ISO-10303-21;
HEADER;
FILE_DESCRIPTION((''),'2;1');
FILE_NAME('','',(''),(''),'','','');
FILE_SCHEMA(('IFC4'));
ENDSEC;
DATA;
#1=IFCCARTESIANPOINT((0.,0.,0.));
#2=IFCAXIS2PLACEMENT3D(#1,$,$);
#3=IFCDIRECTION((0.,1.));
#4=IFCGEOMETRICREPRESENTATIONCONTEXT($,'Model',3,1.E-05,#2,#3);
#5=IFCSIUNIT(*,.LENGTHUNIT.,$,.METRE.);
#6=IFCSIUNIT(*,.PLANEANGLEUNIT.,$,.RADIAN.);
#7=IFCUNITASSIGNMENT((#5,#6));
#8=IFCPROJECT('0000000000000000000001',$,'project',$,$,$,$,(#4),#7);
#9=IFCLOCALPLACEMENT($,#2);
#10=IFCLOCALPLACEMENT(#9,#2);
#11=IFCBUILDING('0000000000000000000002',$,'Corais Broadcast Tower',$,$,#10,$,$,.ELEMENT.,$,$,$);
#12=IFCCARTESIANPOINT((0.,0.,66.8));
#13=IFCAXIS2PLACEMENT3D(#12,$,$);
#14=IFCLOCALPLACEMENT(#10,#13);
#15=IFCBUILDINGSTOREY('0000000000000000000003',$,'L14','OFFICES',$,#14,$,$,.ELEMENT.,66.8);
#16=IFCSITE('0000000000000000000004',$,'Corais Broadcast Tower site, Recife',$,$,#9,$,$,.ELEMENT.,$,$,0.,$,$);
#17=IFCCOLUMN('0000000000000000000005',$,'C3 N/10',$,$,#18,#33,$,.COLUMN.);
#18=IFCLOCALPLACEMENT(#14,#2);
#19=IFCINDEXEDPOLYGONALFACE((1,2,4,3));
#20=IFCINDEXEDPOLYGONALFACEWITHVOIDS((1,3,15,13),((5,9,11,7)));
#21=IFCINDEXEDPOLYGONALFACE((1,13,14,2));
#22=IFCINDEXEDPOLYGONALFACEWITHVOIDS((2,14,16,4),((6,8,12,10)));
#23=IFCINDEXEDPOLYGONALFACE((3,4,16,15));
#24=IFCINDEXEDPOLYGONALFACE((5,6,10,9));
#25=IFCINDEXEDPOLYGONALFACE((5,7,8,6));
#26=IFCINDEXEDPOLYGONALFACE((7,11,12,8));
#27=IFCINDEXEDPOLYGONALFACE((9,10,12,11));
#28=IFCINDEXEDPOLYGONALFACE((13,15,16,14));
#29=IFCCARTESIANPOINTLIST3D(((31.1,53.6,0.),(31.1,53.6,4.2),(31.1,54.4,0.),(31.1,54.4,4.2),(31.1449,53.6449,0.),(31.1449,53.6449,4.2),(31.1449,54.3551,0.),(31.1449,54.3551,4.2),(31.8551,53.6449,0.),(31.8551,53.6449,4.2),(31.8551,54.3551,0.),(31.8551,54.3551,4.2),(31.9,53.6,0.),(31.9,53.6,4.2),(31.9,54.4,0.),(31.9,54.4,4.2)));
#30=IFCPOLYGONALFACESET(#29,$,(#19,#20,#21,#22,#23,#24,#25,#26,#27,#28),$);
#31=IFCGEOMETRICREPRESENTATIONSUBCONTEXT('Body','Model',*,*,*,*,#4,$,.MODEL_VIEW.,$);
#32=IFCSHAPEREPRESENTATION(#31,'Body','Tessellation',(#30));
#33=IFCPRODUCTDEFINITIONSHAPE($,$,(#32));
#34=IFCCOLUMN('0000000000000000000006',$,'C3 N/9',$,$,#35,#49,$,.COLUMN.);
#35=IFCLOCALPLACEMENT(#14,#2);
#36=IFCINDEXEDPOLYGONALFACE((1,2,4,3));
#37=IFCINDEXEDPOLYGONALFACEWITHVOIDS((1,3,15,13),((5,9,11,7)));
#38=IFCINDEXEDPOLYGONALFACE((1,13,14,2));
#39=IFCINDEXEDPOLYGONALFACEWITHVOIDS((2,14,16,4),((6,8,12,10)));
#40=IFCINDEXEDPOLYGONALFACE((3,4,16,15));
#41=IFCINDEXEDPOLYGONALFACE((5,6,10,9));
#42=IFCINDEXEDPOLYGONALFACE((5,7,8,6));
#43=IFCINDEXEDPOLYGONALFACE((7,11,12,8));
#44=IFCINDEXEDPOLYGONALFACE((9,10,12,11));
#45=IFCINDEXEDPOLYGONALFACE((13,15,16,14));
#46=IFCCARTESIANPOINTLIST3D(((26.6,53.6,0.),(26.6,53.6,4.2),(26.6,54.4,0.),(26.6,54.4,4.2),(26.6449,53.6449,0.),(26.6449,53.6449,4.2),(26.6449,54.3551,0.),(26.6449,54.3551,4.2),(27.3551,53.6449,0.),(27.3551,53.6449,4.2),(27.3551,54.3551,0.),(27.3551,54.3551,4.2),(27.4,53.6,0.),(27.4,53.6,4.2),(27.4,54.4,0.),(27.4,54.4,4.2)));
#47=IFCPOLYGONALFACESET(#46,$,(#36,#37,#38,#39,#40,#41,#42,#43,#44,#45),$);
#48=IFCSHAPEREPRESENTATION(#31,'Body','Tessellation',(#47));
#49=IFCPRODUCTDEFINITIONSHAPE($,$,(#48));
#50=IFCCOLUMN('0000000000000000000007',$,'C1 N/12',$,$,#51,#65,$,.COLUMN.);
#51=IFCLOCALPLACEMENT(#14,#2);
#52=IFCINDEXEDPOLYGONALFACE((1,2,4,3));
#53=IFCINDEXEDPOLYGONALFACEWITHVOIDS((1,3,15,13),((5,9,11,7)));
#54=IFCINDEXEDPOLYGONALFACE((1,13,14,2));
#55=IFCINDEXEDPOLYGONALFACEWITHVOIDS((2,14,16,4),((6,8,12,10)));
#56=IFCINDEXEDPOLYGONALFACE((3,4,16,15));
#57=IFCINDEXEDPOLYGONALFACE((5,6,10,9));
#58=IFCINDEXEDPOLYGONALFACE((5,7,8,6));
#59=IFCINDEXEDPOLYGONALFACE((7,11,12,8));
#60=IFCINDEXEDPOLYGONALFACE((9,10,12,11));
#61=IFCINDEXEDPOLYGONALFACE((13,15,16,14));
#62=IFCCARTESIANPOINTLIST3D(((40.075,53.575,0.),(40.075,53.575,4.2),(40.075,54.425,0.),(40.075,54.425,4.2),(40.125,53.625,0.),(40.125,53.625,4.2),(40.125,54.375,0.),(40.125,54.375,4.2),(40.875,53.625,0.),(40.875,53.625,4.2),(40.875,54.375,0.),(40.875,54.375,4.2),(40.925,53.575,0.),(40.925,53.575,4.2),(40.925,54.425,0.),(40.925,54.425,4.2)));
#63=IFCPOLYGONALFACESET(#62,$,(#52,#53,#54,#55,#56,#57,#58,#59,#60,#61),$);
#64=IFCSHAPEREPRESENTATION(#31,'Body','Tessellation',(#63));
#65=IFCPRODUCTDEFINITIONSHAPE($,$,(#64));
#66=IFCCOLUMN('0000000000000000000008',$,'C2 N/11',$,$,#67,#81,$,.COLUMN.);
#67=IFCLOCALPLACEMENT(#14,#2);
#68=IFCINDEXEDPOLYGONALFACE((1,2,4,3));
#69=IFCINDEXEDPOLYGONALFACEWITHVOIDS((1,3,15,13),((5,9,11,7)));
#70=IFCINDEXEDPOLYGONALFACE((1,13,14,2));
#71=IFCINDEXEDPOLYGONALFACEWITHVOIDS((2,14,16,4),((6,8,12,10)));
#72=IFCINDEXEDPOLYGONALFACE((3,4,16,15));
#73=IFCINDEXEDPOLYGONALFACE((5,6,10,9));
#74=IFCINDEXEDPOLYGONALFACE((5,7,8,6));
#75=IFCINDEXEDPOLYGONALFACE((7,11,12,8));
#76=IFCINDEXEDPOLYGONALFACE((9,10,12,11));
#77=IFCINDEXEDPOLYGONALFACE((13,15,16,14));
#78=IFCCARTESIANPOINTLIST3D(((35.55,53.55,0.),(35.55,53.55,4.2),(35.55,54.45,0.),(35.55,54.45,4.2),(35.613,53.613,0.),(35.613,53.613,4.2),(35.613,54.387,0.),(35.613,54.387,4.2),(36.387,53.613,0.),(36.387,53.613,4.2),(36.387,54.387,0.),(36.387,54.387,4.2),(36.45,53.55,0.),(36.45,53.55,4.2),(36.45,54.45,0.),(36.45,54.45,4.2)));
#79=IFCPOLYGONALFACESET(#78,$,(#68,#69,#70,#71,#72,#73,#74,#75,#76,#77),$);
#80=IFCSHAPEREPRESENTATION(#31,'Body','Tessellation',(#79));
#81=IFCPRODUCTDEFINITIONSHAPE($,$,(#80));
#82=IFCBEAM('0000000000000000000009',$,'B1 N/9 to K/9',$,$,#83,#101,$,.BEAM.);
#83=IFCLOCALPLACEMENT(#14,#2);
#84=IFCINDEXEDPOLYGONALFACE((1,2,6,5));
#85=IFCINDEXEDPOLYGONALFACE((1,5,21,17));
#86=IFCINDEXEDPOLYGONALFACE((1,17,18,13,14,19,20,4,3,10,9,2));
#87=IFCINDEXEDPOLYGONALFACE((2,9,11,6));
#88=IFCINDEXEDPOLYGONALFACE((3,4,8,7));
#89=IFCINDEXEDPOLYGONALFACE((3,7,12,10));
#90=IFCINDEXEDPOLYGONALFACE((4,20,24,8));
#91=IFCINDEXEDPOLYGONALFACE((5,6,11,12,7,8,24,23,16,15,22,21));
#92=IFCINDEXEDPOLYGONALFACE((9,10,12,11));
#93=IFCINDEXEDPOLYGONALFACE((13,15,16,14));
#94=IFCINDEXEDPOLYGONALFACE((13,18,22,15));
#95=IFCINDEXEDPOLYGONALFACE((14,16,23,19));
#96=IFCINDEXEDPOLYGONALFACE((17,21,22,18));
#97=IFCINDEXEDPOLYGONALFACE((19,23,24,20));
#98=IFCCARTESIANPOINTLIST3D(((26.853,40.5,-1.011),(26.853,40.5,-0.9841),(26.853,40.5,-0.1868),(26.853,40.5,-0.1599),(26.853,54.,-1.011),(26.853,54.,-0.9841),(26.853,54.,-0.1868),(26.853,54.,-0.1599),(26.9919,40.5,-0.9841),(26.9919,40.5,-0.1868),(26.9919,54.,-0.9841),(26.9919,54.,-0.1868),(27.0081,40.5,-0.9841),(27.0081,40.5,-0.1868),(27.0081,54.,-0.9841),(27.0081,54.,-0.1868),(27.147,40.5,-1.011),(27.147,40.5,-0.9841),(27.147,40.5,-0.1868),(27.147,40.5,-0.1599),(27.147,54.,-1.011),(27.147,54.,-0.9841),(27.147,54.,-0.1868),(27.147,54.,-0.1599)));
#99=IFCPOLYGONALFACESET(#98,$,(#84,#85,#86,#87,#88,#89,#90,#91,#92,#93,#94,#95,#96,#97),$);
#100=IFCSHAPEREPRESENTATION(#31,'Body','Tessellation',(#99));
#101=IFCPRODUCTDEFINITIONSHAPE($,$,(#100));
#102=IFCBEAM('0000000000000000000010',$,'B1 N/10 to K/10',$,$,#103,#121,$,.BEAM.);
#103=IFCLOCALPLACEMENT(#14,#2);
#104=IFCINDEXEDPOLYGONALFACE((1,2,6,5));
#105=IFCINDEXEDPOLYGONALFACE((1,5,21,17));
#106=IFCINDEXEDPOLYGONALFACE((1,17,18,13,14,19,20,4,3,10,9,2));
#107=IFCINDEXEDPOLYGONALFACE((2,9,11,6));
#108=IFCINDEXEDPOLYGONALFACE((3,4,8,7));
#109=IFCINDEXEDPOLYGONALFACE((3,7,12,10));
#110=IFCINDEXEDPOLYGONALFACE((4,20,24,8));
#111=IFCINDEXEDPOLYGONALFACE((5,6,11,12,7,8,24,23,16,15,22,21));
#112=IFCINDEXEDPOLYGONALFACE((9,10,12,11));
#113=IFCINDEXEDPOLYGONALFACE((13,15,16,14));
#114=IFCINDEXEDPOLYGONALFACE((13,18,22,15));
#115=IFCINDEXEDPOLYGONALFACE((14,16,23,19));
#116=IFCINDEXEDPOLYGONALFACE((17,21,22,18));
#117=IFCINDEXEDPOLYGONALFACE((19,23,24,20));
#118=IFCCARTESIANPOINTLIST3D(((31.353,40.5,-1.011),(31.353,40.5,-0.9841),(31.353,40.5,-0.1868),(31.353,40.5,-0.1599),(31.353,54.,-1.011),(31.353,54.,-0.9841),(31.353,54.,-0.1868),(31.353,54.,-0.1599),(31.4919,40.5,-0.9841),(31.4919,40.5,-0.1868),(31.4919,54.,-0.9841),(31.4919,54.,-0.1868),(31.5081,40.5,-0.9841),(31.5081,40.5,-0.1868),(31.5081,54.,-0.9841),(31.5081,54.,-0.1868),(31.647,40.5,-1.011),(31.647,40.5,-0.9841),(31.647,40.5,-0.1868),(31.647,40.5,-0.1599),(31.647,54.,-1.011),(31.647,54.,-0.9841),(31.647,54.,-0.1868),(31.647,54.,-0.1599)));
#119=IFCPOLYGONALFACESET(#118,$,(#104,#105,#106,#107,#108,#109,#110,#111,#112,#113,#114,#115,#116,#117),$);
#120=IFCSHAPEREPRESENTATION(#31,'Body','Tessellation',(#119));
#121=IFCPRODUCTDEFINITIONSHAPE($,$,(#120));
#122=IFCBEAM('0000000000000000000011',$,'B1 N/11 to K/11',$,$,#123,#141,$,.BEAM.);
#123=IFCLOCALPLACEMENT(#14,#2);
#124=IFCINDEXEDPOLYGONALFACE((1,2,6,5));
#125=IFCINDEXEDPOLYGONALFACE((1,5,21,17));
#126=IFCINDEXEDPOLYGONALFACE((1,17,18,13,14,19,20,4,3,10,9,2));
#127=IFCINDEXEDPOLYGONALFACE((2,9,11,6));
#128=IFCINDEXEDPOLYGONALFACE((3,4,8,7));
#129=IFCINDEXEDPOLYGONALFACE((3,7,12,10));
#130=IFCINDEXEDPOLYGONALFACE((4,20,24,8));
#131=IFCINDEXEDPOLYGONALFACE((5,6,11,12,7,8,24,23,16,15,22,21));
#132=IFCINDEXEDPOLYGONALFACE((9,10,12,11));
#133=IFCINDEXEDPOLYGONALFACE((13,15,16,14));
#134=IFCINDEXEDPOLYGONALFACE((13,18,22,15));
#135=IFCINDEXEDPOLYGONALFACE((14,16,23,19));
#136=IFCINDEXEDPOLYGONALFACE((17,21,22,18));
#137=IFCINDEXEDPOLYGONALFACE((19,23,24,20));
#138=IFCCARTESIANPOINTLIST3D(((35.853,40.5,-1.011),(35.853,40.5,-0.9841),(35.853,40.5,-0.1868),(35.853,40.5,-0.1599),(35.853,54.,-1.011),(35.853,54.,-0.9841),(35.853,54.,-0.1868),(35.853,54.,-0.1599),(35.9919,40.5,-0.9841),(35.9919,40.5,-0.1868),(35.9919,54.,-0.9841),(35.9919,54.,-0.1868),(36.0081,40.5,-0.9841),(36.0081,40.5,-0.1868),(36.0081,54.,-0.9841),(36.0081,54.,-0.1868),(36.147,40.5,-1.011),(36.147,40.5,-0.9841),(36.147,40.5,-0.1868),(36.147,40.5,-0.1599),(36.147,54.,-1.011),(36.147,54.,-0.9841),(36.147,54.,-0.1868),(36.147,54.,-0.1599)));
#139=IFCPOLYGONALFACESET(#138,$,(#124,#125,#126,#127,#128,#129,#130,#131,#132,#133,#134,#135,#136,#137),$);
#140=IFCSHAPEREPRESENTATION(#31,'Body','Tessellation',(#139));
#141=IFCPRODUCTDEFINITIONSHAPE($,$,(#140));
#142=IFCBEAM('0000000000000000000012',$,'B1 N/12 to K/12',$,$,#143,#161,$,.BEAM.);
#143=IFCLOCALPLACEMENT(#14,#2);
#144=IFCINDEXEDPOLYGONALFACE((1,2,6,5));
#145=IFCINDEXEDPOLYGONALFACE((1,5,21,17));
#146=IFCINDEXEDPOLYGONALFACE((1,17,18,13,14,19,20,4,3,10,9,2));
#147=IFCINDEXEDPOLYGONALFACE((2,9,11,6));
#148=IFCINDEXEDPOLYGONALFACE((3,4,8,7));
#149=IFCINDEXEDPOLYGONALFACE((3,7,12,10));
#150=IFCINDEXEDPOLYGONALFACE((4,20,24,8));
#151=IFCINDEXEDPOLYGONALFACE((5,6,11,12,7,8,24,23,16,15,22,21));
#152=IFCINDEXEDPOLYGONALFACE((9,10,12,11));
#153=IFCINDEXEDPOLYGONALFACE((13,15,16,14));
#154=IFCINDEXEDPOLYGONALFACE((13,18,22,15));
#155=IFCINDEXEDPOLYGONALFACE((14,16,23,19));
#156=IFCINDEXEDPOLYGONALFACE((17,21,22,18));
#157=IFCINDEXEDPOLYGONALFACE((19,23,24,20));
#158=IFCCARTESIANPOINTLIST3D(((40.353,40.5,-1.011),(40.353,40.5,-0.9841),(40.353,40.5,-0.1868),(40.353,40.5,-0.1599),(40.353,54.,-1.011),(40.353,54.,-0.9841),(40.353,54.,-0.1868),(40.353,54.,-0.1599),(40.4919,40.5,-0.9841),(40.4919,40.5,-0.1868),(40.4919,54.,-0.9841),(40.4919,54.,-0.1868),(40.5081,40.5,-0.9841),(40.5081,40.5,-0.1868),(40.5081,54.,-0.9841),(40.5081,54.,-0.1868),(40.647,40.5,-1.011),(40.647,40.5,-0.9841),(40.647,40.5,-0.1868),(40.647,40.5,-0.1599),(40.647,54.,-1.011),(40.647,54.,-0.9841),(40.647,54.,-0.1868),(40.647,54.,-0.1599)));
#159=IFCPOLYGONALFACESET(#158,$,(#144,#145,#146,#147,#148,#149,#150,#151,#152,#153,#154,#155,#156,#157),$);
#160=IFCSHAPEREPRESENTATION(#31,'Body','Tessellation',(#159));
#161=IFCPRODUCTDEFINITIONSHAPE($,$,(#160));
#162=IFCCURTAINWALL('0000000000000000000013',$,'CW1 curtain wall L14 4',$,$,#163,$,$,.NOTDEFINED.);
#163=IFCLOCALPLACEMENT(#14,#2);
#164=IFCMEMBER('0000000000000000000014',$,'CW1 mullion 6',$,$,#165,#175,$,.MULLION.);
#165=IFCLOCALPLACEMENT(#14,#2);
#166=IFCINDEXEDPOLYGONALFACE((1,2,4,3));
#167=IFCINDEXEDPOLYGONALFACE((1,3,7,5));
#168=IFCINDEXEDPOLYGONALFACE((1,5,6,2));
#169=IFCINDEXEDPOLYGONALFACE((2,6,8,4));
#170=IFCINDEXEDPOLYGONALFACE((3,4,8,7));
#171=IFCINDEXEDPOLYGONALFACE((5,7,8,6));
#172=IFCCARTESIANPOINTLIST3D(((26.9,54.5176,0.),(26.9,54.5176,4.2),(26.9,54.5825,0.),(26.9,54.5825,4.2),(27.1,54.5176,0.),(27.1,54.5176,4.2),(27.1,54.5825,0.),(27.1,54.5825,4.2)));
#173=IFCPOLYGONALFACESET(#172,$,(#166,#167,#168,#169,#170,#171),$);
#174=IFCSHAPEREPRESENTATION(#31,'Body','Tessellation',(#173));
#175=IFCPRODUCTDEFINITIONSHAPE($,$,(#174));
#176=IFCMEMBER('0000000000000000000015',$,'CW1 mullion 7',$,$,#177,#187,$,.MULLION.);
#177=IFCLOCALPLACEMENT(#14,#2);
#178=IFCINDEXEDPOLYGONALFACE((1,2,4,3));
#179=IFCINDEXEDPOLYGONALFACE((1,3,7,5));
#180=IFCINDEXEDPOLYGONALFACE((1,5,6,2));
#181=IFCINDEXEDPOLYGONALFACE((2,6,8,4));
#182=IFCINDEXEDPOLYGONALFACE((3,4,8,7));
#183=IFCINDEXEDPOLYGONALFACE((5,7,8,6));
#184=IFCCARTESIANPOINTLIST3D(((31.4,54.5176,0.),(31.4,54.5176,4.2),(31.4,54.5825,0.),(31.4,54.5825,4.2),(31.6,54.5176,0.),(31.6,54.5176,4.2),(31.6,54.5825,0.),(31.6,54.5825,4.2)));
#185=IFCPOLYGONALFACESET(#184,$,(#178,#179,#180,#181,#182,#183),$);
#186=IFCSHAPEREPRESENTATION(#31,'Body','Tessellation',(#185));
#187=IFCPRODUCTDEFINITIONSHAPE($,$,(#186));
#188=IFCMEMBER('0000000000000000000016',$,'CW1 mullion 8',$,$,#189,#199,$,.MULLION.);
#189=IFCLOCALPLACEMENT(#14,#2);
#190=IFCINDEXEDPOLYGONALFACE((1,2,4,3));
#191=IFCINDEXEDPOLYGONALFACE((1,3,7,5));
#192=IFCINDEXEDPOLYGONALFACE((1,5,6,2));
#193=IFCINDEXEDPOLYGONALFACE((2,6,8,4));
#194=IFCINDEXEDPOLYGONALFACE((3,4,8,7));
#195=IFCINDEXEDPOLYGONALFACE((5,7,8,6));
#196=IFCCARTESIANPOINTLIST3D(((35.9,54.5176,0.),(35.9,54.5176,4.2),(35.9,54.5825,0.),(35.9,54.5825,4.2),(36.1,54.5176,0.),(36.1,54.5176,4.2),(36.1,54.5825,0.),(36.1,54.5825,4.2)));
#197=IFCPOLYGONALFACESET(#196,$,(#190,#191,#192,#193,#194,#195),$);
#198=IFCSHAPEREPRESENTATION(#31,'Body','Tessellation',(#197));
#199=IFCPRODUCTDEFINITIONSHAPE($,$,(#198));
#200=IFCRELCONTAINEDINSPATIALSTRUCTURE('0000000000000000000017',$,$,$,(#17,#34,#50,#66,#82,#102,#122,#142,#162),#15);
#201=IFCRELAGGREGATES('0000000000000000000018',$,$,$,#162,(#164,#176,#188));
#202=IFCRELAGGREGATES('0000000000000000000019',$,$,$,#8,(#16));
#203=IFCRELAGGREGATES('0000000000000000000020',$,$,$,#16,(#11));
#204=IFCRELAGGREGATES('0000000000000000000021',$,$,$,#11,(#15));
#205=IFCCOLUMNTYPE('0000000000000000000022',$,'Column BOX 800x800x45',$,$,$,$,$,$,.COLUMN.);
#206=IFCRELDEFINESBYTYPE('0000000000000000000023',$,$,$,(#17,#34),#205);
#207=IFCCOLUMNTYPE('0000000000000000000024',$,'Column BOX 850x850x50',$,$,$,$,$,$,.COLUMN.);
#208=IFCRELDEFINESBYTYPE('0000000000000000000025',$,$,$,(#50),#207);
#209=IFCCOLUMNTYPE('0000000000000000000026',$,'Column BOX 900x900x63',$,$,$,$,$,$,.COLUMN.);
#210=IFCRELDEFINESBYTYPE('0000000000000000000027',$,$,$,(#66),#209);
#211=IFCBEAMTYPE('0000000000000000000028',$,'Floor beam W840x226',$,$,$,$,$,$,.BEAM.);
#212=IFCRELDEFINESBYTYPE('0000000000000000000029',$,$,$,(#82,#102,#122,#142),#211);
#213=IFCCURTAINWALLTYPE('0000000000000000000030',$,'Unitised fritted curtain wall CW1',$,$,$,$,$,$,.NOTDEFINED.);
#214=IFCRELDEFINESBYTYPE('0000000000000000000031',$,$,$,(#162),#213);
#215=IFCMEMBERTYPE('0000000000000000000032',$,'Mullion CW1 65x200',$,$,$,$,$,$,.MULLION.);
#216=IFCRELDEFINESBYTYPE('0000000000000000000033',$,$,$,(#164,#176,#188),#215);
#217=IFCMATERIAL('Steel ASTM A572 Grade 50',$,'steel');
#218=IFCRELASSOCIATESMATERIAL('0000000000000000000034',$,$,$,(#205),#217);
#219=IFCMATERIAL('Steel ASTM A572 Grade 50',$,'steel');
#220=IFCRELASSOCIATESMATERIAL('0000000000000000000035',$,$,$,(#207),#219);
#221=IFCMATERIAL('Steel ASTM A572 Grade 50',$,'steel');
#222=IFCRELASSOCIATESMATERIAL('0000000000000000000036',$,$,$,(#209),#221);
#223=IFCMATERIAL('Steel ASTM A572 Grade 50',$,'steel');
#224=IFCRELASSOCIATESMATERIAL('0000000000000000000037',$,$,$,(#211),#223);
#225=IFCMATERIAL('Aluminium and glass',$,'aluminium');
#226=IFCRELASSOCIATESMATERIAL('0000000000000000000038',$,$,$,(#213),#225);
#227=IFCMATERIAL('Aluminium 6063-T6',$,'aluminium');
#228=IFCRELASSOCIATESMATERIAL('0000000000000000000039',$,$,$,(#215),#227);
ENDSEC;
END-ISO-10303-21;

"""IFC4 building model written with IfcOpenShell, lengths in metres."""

from ifc_helpers import new_model, si_unit, direction, frame, origin, origin_2d, place, context, subcontext, project, spatial, rectangle, hollow_rectangle, i_section, extrude, material, material_profile, profile_set, type_object, element, aggregate, save


model = new_model("IFC4")

# Units and contexts
model_context = context("Model", 3, precision=1e-05, world=origin(), true_north=direction((0.0, 1.0)))
body_context = subcontext(model_context, "Body", "Model", "MODEL_VIEW")
ifc_project = project(units=[si_unit("LENGTHUNIT", "METRE"), si_unit("PLANEANGLEUNIT", "RADIAN")], contexts=[model_context])

# Site, building, storey
site_placement = place(None, origin())
site = spatial("IfcSite", under=ifc_project, at=site_placement, Name="Corais Broadcast Tower site, Recife", CompositionType="ELEMENT", RefElevation=0.0)
building_placement = place(site_placement, origin())
building = spatial("IfcBuilding", under=site, at=building_placement, Name="Corais Broadcast Tower", CompositionType="ELEMENT")
storey_placement = place(building_placement, frame((0.0, 0.0, 66.8)))
storey = spatial("IfcBuildingStorey", under=building, at=storey_placement, Name="L14", Description="OFFICES", CompositionType="ELEMENT", Elevation=66.8)

# Columns
ifc_material_1 = material(Name="Steel ASTM A572 Grade 50", Category="steel")
ifc_material_profile_1 = material_profile(ifc_material_1, hollow_rectangle(XDim=0.8, YDim=0.8, WallThickness=0.0449, at=origin_2d()), Name="BOX 800x800x45")
ifc_profile_set_1 = profile_set([ifc_material_profile_1], Name="Steel ASTM A572 Grade 50")
column_type_1 = type_object("IfcColumnType", Name="Column BOX 800x800x45", PredefinedType="COLUMN", material=ifc_profile_set_1)
for number, where, z_axis, x_axis, name in (
    (1, (31.5, 54.0, 0.0), (0.0, 0.0, 1.0), (1.0, 0.0, 0.0), "C3 N/10"),
    (2, (27.0, 54.0, 0.0), (0.0, 0.0, 1.0), (1.0, 0.0, 0.0), "C3 N/9"),
):
    element("IfcColumn", number, at=place(storey_placement, frame(where, z_axis=z_axis, x_axis=x_axis)), inside=storey, type_object=column_type_1, Name=name, PredefinedType="COLUMN", context=body_context, shape_type="SweptSolid", body=[
        extrude(hollow_rectangle(XDim=0.8, YDim=0.8, WallThickness=0.0449, at=origin_2d()), origin(), (0.0, 0.0, 1.0), 4.2),
    ])
ifc_material_2 = material(Name="Steel ASTM A572 Grade 50", Category="steel")
ifc_material_profile_2 = material_profile(ifc_material_2, hollow_rectangle(XDim=0.8501, YDim=0.8501, WallThickness=0.05, at=origin_2d()), Name="BOX 850x850x50")
ifc_profile_set_2 = profile_set([ifc_material_profile_2], Name="Steel ASTM A572 Grade 50")
column_type_2 = type_object("IfcColumnType", Name="Column BOX 850x850x50", PredefinedType="COLUMN", material=ifc_profile_set_2)
column_1_placement = place(storey_placement, frame((40.5, 54.0, 0.0), z_axis=(0.0, 0.0, 1.0), x_axis=(1.0, 0.0, 0.0)))
element("IfcColumn", 3, at=column_1_placement, inside=storey, type_object=column_type_2, Name="C1 N/12", PredefinedType="COLUMN", context=body_context, shape_type="SweptSolid", body=[
    extrude(hollow_rectangle(XDim=0.8501, YDim=0.8501, WallThickness=0.05, at=origin_2d()), origin(), (0.0, 0.0, 1.0), 4.2),
])
ifc_material_3 = material(Name="Steel ASTM A572 Grade 50", Category="steel")
ifc_material_profile_3 = material_profile(ifc_material_3, hollow_rectangle(XDim=0.8999, YDim=0.8999, WallThickness=0.063, at=origin_2d()), Name="BOX 900x900x63")
ifc_profile_set_3 = profile_set([ifc_material_profile_3], Name="Steel ASTM A572 Grade 50")
column_type_3 = type_object("IfcColumnType", Name="Column BOX 900x900x63", PredefinedType="COLUMN", material=ifc_profile_set_3)
column_2_placement = place(storey_placement, frame((36.0, 54.0, 0.0), z_axis=(0.0, 0.0, 1.0), x_axis=(1.0, 0.0, 0.0)))
element("IfcColumn", 4, at=column_2_placement, inside=storey, type_object=column_type_3, Name="C2 N/11", PredefinedType="COLUMN", context=body_context, shape_type="SweptSolid", body=[
    extrude(hollow_rectangle(XDim=0.8999, YDim=0.8999, WallThickness=0.063, at=origin_2d()), origin(), (0.0, 0.0, 1.0), 4.2),
])

# Beams
ifc_material_4 = material(Name="Steel ASTM A572 Grade 50", Category="steel")
ifc_material_profile_4 = material_profile(ifc_material_4, i_section(OverallWidth=0.2939, OverallDepth=0.8511, WebThickness=0.0161, FlangeThickness=0.0269, at=origin_2d()), Name="W840x226")
ifc_profile_set_4 = profile_set([ifc_material_profile_4], Name="Steel ASTM A572 Grade 50")
beam_type_1 = type_object("IfcBeamType", Name="Floor beam W840x226", PredefinedType="BEAM", material=ifc_profile_set_4)
for number, where, z_axis, x_axis, name in (
    (5, (27.0, 54.0, -0.5854), (0.0, -1.0, 0.0), (1.0, 0.0, 0.0), "B1 N/9 to K/9"),
    (6, (31.5, 54.0, -0.5854), (0.0, -1.0, 0.0), (1.0, 0.0, 0.0), "B1 N/10 to K/10"),
    (7, (36.0, 54.0, -0.5854), (0.0, -1.0, 0.0), (1.0, 0.0, 0.0), "B1 N/11 to K/11"),
    (8, (40.5, 54.0, -0.5854), (0.0, -1.0, 0.0), (1.0, 0.0, 0.0), "B1 N/12 to K/12"),
):
    element("IfcBeam", number, at=place(storey_placement, frame(where, z_axis=z_axis, x_axis=x_axis)), inside=storey, type_object=beam_type_1, Name=name, PredefinedType="BEAM", context=body_context, shape_type="SweptSolid", body=[
        extrude(i_section(OverallWidth=0.2939, OverallDepth=0.8511, WebThickness=0.0161, FlangeThickness=0.0269, at=origin_2d()), origin(), (0.0, 0.0, 1.0), 13.5),
    ])

# Curtain wall, members
ifc_material_5 = material(Name="Aluminium and glass", Category="aluminium")
curtain_wall_type = type_object("IfcCurtainWallType", Name="Unitised fritted curtain wall CW1", PredefinedType="NOTDEFINED", material=ifc_material_5)
curtain_wall_placement = place(storey_placement, origin())
curtain_wall = element("IfcCurtainWall", 9, at=curtain_wall_placement, inside=storey, type_object=curtain_wall_type, Name="CW1 curtain wall L14 4", PredefinedType="NOTDEFINED")
ifc_material_6 = material(Name="Aluminium 6063-T6", Category="aluminium")
ifc_material_profile_5 = material_profile(ifc_material_6, rectangle(XDim=0.0649, YDim=0.2, at=origin_2d()), Name="Mullion CW1 65x200")
ifc_profile_set_5 = profile_set([ifc_material_profile_5], Name="Aluminium 6063-T6")
member_type_1 = type_object("IfcMemberType", Name="Mullion CW1 65x200", PredefinedType="MULLION", material=ifc_profile_set_5)
member_1_placement = place(storey_placement, frame((27.0, 54.55, 0.0), z_axis=(0.0, 0.0, 1.0), x_axis=(0.0, 1.0, 0.0)))
member_1 = element("IfcMember", 10, at=member_1_placement, type_object=member_type_1, Name="CW1 mullion 6", PredefinedType="MULLION", context=body_context, shape_type="SweptSolid", body=[
    extrude(rectangle(XDim=0.0649, YDim=0.2, at=origin_2d()), origin(), (0.0, 0.0, 1.0), 4.2),
])
member_2_placement = place(storey_placement, frame((31.5, 54.55, 0.0), z_axis=(0.0, 0.0, 1.0), x_axis=(0.0, 1.0, 0.0)))
member_2 = element("IfcMember", 11, at=member_2_placement, type_object=member_type_1, Name="CW1 mullion 7", PredefinedType="MULLION", context=body_context, shape_type="SweptSolid", body=[
    extrude(rectangle(XDim=0.0649, YDim=0.2, at=origin_2d()), origin(), (0.0, 0.0, 1.0), 4.2),
])
member_3_placement = place(storey_placement, frame((36.0, 54.55, 0.0), z_axis=(0.0, 0.0, 1.0), x_axis=(0.0, 1.0, 0.0)))
member_3 = element("IfcMember", 12, at=member_3_placement, type_object=member_type_1, Name="CW1 mullion 8", PredefinedType="MULLION", context=body_context, shape_type="SweptSolid", body=[
    extrude(rectangle(XDim=0.0649, YDim=0.2, at=origin_2d()), origin(), (0.0, 0.0, 1.0), 4.2),
])

aggregate(curtain_wall, [member_1, member_2, member_3])

save(model, "model.ifc")
